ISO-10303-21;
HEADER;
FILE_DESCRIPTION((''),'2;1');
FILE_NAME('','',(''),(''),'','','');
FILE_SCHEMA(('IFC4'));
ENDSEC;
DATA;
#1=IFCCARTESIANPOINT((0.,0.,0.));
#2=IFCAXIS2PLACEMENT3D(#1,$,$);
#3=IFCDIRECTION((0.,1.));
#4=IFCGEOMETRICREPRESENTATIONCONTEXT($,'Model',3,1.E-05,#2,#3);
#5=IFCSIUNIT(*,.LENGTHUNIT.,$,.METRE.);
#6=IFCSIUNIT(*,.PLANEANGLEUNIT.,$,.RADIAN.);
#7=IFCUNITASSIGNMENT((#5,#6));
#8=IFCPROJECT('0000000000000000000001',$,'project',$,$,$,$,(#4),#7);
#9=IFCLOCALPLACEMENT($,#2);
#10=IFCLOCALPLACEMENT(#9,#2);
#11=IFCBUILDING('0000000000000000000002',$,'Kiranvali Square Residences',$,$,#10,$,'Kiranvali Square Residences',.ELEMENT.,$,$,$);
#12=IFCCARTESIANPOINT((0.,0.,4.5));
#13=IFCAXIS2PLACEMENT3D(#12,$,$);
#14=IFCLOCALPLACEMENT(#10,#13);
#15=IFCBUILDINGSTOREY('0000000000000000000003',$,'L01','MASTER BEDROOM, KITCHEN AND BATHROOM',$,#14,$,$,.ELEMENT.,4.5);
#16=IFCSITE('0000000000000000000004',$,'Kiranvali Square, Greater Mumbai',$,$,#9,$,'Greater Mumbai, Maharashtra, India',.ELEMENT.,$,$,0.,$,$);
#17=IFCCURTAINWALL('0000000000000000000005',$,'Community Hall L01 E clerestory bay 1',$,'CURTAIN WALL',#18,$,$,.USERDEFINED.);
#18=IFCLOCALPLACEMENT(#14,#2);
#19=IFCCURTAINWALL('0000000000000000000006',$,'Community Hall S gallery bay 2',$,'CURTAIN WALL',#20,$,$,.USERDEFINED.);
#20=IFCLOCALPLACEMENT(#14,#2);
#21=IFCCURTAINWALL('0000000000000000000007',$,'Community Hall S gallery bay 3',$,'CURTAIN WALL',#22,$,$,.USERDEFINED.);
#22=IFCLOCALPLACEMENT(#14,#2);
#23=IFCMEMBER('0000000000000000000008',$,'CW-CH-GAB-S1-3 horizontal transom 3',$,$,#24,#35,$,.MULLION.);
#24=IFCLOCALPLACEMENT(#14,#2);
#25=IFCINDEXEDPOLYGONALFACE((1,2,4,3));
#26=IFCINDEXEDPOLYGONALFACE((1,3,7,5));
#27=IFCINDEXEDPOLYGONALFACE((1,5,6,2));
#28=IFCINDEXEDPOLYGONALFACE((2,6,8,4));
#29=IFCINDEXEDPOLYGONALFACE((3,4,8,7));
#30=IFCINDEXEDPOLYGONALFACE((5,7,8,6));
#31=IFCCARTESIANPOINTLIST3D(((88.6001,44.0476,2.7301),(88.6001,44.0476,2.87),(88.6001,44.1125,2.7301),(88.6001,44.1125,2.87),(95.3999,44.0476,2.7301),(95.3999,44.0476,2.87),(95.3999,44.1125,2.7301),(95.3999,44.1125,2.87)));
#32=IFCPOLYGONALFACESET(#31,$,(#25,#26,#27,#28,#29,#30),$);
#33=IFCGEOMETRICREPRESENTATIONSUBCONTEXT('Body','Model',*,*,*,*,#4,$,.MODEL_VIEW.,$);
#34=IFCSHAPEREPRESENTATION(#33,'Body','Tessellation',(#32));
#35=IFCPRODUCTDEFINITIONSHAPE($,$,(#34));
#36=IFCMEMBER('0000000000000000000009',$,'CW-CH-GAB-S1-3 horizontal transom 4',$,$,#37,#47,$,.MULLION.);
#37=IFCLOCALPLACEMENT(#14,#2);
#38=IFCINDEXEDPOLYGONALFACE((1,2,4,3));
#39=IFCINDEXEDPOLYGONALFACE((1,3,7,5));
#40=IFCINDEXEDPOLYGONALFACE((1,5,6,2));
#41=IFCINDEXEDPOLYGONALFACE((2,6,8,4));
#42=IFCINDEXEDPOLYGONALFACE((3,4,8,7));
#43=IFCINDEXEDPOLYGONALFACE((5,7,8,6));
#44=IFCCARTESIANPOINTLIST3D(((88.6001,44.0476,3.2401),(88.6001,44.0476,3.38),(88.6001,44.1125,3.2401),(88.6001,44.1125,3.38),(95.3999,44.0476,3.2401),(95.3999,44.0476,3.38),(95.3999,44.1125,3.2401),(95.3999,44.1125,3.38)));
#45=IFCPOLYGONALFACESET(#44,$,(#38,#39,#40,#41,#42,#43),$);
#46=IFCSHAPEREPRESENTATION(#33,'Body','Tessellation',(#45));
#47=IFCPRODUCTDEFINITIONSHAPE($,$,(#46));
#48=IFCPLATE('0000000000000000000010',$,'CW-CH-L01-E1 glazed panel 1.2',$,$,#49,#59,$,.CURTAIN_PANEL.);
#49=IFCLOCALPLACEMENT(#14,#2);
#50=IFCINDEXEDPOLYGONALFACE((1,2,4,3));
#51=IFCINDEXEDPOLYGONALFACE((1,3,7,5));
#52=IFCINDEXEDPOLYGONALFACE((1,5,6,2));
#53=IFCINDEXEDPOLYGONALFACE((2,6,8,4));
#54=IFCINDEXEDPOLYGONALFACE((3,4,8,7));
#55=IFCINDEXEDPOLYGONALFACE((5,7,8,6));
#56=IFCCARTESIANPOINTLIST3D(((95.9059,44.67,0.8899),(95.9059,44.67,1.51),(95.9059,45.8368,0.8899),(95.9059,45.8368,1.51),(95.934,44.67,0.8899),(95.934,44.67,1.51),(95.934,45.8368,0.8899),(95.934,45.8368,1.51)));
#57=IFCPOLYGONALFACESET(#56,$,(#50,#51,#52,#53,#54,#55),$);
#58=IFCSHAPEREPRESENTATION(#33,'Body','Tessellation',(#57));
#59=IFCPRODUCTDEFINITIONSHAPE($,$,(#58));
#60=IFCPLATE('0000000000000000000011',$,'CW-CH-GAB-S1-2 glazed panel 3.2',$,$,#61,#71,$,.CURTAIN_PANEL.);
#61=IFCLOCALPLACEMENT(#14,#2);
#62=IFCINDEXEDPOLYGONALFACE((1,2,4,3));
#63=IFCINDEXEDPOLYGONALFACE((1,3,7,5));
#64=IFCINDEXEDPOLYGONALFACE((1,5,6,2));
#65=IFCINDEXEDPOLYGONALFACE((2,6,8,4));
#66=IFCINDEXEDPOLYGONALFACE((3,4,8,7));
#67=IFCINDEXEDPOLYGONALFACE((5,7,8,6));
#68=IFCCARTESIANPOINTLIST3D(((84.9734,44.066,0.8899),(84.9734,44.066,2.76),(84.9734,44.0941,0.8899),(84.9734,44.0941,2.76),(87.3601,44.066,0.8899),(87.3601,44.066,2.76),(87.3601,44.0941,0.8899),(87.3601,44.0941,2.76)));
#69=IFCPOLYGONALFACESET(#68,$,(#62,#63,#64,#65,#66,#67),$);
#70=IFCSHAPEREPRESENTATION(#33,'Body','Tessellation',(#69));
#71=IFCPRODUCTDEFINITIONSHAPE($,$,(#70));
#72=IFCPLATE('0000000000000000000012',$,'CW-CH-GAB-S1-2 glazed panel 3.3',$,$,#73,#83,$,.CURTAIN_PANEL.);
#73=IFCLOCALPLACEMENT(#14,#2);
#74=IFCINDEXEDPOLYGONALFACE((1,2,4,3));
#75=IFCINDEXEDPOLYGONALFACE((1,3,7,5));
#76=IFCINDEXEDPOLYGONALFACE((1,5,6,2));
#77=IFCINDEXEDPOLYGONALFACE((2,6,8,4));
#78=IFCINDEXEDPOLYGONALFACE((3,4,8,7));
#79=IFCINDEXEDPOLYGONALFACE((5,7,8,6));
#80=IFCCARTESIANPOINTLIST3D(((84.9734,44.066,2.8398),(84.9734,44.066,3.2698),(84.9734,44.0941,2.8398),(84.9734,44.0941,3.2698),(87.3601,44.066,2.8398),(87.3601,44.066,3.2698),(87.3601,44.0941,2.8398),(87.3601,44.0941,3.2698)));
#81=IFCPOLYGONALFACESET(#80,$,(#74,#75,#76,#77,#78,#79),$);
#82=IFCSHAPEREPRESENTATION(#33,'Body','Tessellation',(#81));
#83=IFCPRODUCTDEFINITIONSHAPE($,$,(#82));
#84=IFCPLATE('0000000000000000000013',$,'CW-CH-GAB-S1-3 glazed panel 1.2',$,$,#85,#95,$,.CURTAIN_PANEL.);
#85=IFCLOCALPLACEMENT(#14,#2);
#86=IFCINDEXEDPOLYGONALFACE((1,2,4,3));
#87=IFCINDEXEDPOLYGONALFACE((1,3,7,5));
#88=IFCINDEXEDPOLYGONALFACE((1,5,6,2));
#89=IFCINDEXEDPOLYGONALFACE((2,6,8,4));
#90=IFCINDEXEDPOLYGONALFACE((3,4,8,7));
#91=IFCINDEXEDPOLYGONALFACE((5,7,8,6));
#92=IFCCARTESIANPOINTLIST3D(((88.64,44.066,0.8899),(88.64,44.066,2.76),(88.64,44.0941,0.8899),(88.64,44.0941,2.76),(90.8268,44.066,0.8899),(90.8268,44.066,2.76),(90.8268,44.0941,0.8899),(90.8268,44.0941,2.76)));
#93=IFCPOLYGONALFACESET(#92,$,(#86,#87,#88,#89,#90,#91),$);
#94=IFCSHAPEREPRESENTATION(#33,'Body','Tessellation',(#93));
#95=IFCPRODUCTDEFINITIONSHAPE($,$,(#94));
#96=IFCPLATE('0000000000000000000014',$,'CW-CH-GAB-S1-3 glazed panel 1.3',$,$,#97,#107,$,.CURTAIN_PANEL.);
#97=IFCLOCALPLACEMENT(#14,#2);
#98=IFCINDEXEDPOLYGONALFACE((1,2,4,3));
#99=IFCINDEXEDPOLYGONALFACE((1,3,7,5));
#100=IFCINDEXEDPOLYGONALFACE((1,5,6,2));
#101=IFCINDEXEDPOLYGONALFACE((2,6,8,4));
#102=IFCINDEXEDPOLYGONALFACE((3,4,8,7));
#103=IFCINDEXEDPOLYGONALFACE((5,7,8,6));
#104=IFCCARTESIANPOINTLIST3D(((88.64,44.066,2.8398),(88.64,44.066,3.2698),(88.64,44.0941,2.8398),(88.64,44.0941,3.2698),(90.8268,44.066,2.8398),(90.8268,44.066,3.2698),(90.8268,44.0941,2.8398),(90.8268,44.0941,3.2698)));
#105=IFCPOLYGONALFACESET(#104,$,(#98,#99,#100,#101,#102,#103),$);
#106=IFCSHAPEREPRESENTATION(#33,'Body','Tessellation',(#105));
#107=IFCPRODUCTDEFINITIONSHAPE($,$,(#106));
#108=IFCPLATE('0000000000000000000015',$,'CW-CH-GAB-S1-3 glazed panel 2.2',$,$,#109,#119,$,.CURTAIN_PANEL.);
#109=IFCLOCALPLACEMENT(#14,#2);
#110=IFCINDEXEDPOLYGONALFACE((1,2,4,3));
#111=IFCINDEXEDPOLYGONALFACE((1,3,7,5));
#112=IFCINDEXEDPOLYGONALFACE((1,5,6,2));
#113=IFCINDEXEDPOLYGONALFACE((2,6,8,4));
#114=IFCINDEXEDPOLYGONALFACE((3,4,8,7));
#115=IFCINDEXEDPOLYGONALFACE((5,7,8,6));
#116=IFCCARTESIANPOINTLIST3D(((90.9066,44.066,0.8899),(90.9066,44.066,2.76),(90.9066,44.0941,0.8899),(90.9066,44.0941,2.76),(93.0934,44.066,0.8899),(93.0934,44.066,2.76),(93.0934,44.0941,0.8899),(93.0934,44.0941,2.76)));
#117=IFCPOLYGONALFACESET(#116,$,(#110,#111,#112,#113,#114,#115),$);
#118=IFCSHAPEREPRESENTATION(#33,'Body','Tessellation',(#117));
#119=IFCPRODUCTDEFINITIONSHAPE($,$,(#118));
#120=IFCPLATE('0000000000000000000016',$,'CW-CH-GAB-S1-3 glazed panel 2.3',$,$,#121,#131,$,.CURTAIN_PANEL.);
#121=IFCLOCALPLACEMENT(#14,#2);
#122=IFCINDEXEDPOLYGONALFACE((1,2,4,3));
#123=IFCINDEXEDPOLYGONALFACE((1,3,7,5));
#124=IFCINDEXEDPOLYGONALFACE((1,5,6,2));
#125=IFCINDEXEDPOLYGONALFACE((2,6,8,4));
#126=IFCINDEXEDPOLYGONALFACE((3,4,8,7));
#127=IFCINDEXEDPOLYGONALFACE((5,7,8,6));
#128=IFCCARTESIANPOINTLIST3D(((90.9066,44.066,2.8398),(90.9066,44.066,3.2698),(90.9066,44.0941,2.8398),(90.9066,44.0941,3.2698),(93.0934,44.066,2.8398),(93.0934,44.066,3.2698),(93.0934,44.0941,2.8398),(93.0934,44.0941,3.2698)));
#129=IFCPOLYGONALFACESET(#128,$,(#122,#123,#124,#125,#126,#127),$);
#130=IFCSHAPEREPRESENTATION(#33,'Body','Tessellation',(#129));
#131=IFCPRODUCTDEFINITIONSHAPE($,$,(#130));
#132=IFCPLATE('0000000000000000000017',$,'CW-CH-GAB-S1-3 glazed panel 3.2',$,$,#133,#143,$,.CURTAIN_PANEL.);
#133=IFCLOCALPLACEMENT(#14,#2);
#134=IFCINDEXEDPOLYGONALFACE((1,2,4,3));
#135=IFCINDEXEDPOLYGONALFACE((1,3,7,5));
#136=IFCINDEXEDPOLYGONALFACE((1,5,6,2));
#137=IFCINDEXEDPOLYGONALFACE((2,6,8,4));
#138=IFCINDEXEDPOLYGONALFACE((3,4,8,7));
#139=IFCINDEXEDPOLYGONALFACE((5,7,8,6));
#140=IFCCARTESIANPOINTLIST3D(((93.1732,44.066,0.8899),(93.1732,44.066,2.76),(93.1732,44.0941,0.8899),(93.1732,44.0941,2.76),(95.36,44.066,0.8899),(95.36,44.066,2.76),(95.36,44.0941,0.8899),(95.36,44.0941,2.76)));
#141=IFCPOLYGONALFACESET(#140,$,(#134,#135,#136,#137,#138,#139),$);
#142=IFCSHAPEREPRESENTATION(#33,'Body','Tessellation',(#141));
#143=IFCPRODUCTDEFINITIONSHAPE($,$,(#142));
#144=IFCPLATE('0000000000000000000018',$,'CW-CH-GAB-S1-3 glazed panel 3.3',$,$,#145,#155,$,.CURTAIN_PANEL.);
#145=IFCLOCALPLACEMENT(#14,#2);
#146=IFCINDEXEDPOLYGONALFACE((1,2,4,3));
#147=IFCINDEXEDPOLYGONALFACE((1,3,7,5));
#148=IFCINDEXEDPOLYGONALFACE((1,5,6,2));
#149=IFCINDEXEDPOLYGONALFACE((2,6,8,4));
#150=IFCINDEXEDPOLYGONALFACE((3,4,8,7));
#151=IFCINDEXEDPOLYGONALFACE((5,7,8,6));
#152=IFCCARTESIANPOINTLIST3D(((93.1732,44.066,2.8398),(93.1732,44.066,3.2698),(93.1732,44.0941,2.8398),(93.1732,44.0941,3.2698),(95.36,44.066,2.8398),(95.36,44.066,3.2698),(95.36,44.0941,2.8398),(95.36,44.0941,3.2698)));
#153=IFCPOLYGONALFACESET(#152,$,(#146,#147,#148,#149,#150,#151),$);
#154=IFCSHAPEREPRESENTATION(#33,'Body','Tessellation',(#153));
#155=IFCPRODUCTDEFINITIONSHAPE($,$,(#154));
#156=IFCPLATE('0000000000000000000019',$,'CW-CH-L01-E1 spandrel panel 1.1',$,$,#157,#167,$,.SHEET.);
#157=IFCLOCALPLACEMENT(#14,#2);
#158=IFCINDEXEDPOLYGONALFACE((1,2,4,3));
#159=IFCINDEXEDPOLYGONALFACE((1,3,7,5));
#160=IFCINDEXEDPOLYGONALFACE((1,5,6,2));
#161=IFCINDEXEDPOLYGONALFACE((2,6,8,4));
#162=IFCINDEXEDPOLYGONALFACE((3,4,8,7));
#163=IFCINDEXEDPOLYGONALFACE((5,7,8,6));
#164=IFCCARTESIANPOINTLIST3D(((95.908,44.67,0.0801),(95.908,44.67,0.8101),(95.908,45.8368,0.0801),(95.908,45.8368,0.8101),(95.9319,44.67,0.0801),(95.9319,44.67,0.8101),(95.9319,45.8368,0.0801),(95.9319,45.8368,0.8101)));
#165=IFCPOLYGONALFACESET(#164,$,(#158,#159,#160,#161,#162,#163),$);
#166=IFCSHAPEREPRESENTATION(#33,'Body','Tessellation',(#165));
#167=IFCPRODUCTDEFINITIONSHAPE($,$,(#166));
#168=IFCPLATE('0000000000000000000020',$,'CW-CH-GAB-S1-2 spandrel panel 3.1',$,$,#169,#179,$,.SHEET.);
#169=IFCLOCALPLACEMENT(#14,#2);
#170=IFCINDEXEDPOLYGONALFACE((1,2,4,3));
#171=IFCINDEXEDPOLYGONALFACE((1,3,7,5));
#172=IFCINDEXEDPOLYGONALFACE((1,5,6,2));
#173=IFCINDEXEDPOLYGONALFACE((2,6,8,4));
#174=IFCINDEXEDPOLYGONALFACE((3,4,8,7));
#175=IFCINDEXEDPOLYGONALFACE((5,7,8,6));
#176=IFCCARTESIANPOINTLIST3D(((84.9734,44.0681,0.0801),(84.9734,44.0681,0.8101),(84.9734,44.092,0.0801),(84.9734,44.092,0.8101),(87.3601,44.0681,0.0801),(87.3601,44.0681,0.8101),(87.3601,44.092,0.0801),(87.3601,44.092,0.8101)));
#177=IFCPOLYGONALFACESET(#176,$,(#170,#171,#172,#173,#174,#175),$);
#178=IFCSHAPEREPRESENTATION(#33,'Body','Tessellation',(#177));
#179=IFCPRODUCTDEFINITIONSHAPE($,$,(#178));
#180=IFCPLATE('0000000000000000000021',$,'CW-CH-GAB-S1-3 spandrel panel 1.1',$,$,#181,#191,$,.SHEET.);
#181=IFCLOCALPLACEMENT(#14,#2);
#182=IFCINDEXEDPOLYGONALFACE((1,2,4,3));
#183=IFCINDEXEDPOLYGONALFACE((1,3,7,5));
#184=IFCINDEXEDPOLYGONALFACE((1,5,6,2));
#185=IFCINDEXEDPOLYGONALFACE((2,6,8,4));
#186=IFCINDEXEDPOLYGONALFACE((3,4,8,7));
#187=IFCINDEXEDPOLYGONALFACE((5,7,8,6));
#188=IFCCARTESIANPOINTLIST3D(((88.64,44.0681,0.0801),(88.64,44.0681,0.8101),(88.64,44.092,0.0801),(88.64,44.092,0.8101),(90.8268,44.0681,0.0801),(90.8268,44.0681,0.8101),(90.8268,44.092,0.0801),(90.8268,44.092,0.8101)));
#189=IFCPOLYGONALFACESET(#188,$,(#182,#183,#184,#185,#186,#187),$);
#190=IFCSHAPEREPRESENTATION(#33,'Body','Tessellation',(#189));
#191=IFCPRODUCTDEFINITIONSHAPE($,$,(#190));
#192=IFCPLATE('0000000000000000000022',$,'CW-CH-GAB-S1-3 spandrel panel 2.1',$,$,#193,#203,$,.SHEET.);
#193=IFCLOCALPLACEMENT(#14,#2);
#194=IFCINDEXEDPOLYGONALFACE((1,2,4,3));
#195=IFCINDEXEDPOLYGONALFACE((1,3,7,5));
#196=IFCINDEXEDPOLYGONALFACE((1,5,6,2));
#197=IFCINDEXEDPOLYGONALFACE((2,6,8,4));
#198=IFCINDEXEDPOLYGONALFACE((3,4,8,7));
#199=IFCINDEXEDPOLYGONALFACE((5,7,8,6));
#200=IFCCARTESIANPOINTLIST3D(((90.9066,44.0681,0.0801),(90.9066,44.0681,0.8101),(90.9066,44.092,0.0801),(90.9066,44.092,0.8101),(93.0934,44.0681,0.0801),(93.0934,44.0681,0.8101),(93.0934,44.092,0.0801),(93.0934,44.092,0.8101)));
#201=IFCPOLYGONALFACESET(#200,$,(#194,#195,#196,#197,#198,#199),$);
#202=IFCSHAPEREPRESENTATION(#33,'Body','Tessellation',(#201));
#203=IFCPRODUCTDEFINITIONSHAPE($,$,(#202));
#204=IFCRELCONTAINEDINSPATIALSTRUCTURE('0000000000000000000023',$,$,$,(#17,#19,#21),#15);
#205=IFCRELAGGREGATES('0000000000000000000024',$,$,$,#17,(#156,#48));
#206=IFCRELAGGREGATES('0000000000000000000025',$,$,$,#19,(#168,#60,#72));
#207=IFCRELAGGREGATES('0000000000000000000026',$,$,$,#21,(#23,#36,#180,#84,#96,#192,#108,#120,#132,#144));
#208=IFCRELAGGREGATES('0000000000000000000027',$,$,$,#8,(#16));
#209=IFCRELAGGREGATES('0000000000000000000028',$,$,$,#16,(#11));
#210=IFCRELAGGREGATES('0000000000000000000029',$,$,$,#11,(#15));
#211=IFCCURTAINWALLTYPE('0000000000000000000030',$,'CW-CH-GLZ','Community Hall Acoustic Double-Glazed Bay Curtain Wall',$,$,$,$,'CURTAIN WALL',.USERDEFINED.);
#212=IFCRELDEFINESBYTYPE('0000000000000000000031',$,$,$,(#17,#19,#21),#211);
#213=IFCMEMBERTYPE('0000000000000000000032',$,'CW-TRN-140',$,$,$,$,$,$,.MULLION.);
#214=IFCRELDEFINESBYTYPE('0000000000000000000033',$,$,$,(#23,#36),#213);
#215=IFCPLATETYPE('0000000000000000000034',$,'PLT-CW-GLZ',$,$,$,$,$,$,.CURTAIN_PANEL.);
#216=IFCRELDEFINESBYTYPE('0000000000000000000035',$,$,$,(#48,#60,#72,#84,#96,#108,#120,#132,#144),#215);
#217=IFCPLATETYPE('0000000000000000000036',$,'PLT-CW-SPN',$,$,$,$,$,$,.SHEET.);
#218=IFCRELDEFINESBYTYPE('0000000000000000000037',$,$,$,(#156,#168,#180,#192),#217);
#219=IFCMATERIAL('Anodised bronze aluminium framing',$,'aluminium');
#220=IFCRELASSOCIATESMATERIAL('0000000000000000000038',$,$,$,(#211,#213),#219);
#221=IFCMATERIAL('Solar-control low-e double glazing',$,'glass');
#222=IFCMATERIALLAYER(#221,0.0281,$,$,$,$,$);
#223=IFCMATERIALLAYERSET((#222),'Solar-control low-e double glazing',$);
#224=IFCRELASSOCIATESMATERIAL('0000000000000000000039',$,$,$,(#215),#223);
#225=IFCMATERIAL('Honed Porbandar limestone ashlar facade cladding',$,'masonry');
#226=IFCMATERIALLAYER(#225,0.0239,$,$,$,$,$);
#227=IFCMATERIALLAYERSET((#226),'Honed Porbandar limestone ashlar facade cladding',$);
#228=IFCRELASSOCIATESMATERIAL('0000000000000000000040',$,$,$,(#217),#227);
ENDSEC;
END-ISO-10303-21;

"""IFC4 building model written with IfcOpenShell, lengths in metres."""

from ifc_helpers import new_model, si_unit, direction, frame, origin, origin_2d, place, context, subcontext, project, spatial, rectangle, extrude, material, layer, layer_set, material_profile, profile_set, type_object, element, aggregate, save


model = new_model("IFC4")

# Units and contexts
model_context = context("Model", 3, precision=1e-05, world=origin(), true_north=direction((0.0, 1.0)))
body_context = subcontext(model_context, "Body", "Model", "MODEL_VIEW")
ifc_project = project(units=[si_unit("LENGTHUNIT", "METRE"), si_unit("PLANEANGLEUNIT", "RADIAN")], contexts=[model_context])

# Site, building, storey
site_placement = place(None, origin())
site = spatial("IfcSite", under=ifc_project, at=site_placement, Name="Kiranvali Square, Greater Mumbai", LongName="Greater Mumbai, Maharashtra, India", CompositionType="ELEMENT", RefElevation=0.0)
building_placement = place(site_placement, origin())
building = spatial("IfcBuilding", under=site, at=building_placement, Name="Kiranvali Square Residences", LongName="Kiranvali Square Residences", CompositionType="ELEMENT")
storey_placement = place(building_placement, frame((0.0, 0.0, 4.5)))
storey = spatial("IfcBuildingStorey", under=building, at=storey_placement, Name="L01", Description="MASTER BEDROOM, KITCHEN AND BATHROOM", CompositionType="ELEMENT", Elevation=4.5)

# Curtain walls
ifc_material_1 = material(Name="Anodised bronze aluminium framing", Category="aluminium")
curtain_wall_type = type_object("IfcCurtainWallType", Name="CW-CH-GLZ", Description="Community Hall Acoustic Double-Glazed Bay Curtain Wall", ElementType="CURTAIN WALL", PredefinedType="USERDEFINED", material=ifc_material_1)
curtain_wall_1_placement = place(storey_placement, origin())
curtain_wall_1 = element("IfcCurtainWall", 1, at=curtain_wall_1_placement, inside=storey, type_object=curtain_wall_type, Name="Community Hall L01 E clerestory bay 1", ObjectType="CURTAIN WALL", PredefinedType="USERDEFINED")
curtain_wall_2_placement = place(storey_placement, origin())
curtain_wall_2 = element("IfcCurtainWall", 2, at=curtain_wall_2_placement, inside=storey, type_object=curtain_wall_type, Name="Community Hall S gallery bay 2", ObjectType="CURTAIN WALL", PredefinedType="USERDEFINED")

# Curtain wall
curtain_wall_3_placement = place(storey_placement, origin())
curtain_wall_3 = element("IfcCurtainWall", 3, at=curtain_wall_3_placement, inside=storey, type_object=curtain_wall_type, Name="Community Hall S gallery bay 3", ObjectType="CURTAIN WALL", PredefinedType="USERDEFINED")

# Members
ifc_material_profile_1 = material_profile(ifc_material_1, rectangle(XDim=0.0649, YDim=0.1399, at=origin_2d()), Name="ALU 65x140")
ifc_profile_set_1 = profile_set([ifc_material_profile_1], Name="Anodised bronze aluminium framing")
member_type_1 = type_object("IfcMemberType", Name="CW-TRN-140", PredefinedType="MULLION", material=ifc_profile_set_1)
member_1_placement = place(storey_placement, frame((88.6001, 44.0801, 2.8), z_axis=(1.0, 0.0, 0.0), x_axis=(0.0, 1.0, 0.0)))
member_1 = element("IfcMember", 4, at=member_1_placement, type_object=member_type_1, Name="CW-CH-GAB-S1-3 horizontal transom 3", PredefinedType="MULLION", context=body_context, shape_type="SweptSolid", body=[
    extrude(rectangle(XDim=0.0649, YDim=0.1399, at=origin_2d()), origin(), (0.0, 0.0, 1.0), 6.7998),
])
member_2_placement = place(storey_placement, frame((88.6001, 44.0801, 3.3101), z_axis=(1.0, 0.0, 0.0), x_axis=(0.0, 1.0, 0.0)))
member_2 = element("IfcMember", 5, at=member_2_placement, type_object=member_type_1, Name="CW-CH-GAB-S1-3 horizontal transom 4", PredefinedType="MULLION", context=body_context, shape_type="SweptSolid", body=[
    extrude(rectangle(XDim=0.0649, YDim=0.1399, at=origin_2d()), origin(), (0.0, 0.0, 1.0), 6.7998),
])

# Plates
ifc_material_2 = material(Name="Solar-control low-e double glazing", Category="glass")
ifc_layer_1 = layer(ifc_material_2, 0.0281)
ifc_layer_set_1 = layer_set([ifc_layer_1], Name="Solar-control low-e double glazing")
plate_type_1 = type_object("IfcPlateType", Name="PLT-CW-GLZ", PredefinedType="CURTAIN_PANEL", material=ifc_layer_set_1)
plate_1_placement = place(storey_placement, frame((95.9199, 45.2534, 0.8899), z_axis=(0.0, 0.0, 1.0), x_axis=(0.0, 1.0, 0.0)))
plate_1 = element("IfcPlate", 6, at=plate_1_placement, type_object=plate_type_1, Name="CW-CH-L01-E1 glazed panel 1.2", PredefinedType="CURTAIN_PANEL", context=body_context, shape_type="SweptSolid", body=[
    extrude(rectangle(XDim=1.1667, YDim=0.0281, at=origin_2d()), origin(), (0.0, 0.0, 1.0), 0.6201),
])
plate_2_placement = place(storey_placement, frame((86.1667, 44.0801, 0.8899), z_axis=(0.0, 0.0, 1.0), x_axis=(1.0, 0.0, 0.0)))
plate_2 = element("IfcPlate", 7, at=plate_2_placement, type_object=plate_type_1, Name="CW-CH-GAB-S1-2 glazed panel 3.2", PredefinedType="CURTAIN_PANEL", context=body_context, shape_type="SweptSolid", body=[
    extrude(rectangle(XDim=2.3867, YDim=0.0281, at=origin_2d()), origin(), (0.0, 0.0, 1.0), 1.8701),
])
plate_3_placement = place(storey_placement, frame((86.1667, 44.0801, 2.8398), z_axis=(0.0, 0.0, 1.0), x_axis=(1.0, 0.0, 0.0)))
plate_3 = element("IfcPlate", 8, at=plate_3_placement, type_object=plate_type_1, Name="CW-CH-GAB-S1-2 glazed panel 3.3", PredefinedType="CURTAIN_PANEL", context=body_context, shape_type="SweptSolid", body=[
    extrude(rectangle(XDim=2.3867, YDim=0.0281, at=origin_2d()), origin(), (0.0, 0.0, 1.0), 0.4299),
])
plate_4_placement = place(storey_placement, frame((89.7334, 44.0801, 0.8899), z_axis=(0.0, 0.0, 1.0), x_axis=(1.0, 0.0, 0.0)))
plate_4 = element("IfcPlate", 9, at=plate_4_placement, type_object=plate_type_1, Name="CW-CH-GAB-S1-3 glazed panel 1.2", PredefinedType="CURTAIN_PANEL", context=body_context, shape_type="SweptSolid", body=[
    extrude(rectangle(XDim=2.1868, YDim=0.0281, at=origin_2d()), origin(), (0.0, 0.0, 1.0), 1.8701),
])
plate_5_placement = place(storey_placement, frame((89.7334, 44.0801, 2.8398), z_axis=(0.0, 0.0, 1.0), x_axis=(1.0, 0.0, 0.0)))
plate_5 = element("IfcPlate", 10, at=plate_5_placement, type_object=plate_type_1, Name="CW-CH-GAB-S1-3 glazed panel 1.3", PredefinedType="CURTAIN_PANEL", context=body_context, shape_type="SweptSolid", body=[
    extrude(rectangle(XDim=2.1868, YDim=0.0281, at=origin_2d()), origin(), (0.0, 0.0, 1.0), 0.4299),
])
plate_6_placement = place(storey_placement, frame((92.0, 44.0801, 0.8899), z_axis=(0.0, 0.0, 1.0), x_axis=(1.0, 0.0, 0.0)))
plate_6 = element("IfcPlate", 11, at=plate_6_placement, type_object=plate_type_1, Name="CW-CH-GAB-S1-3 glazed panel 2.2", PredefinedType="CURTAIN_PANEL", context=body_context, shape_type="SweptSolid", body=[
    extrude(rectangle(XDim=2.1868, YDim=0.0281, at=origin_2d()), origin(), (0.0, 0.0, 1.0), 1.8701),
])
plate_7_placement = place(storey_placement, frame((92.0, 44.0801, 2.8398), z_axis=(0.0, 0.0, 1.0), x_axis=(1.0, 0.0, 0.0)))
plate_7 = element("IfcPlate", 12, at=plate_7_placement, type_object=plate_type_1, Name="CW-CH-GAB-S1-3 glazed panel 2.3", PredefinedType="CURTAIN_PANEL", context=body_context, shape_type="SweptSolid", body=[
    extrude(rectangle(XDim=2.1868, YDim=0.0281, at=origin_2d()), origin(), (0.0, 0.0, 1.0), 0.4299),
])
plate_8_placement = place(storey_placement, frame((94.2666, 44.0801, 0.8899), z_axis=(0.0, 0.0, 1.0), x_axis=(1.0, 0.0, 0.0)))
plate_8 = element("IfcPlate", 13, at=plate_8_placement, type_object=plate_type_1, Name="CW-CH-GAB-S1-3 glazed panel 3.2", PredefinedType="CURTAIN_PANEL", context=body_context, shape_type="SweptSolid", body=[
    extrude(rectangle(XDim=2.1868, YDim=0.0281, at=origin_2d()), origin(), (0.0, 0.0, 1.0), 1.8701),
])
plate_9_placement = place(storey_placement, frame((94.2666, 44.0801, 2.8398), z_axis=(0.0, 0.0, 1.0), x_axis=(1.0, 0.0, 0.0)))
plate_9 = element("IfcPlate", 14, at=plate_9_placement, type_object=plate_type_1, Name="CW-CH-GAB-S1-3 glazed panel 3.3", PredefinedType="CURTAIN_PANEL", context=body_context, shape_type="SweptSolid", body=[
    extrude(rectangle(XDim=2.1868, YDim=0.0281, at=origin_2d()), origin(), (0.0, 0.0, 1.0), 0.4299),
])
ifc_material_3 = material(Name="Honed Porbandar limestone ashlar facade cladding", Category="masonry")
ifc_layer_2 = layer(ifc_material_3, 0.0239)
ifc_layer_set_2 = layer_set([ifc_layer_2], Name="Honed Porbandar limestone ashlar facade cladding")
plate_type_2 = type_object("IfcPlateType", Name="PLT-CW-SPN", PredefinedType="SHEET", material=ifc_layer_set_2)
plate_10_placement = place(storey_placement, frame((95.9199, 45.2534, 0.0801), z_axis=(0.0, 0.0, 1.0), x_axis=(0.0, 1.0, 0.0)))
plate_10 = element("IfcPlate", 15, at=plate_10_placement, type_object=plate_type_2, Name="CW-CH-L01-E1 spandrel panel 1.1", PredefinedType="SHEET", context=body_context, shape_type="SweptSolid", body=[
    extrude(rectangle(XDim=1.1667, YDim=0.0239, at=origin_2d()), origin(), (0.0, 0.0, 1.0), 0.73),
])
aggregate(curtain_wall_1, [plate_10, plate_1])
plate_11_placement = place(storey_placement, frame((86.1667, 44.0801, 0.0801), z_axis=(0.0, 0.0, 1.0), x_axis=(1.0, 0.0, 0.0)))
plate_11 = element("IfcPlate", 16, at=plate_11_placement, type_object=plate_type_2, Name="CW-CH-GAB-S1-2 spandrel panel 3.1", PredefinedType="SHEET", context=body_context, shape_type="SweptSolid", body=[
    extrude(rectangle(XDim=2.3867, YDim=0.0239, at=origin_2d()), origin(), (0.0, 0.0, 1.0), 0.73),
])
aggregate(curtain_wall_2, [plate_11, plate_2, plate_3])
plate_12_placement = place(storey_placement, frame((89.7334, 44.0801, 0.0801), z_axis=(0.0, 0.0, 1.0), x_axis=(1.0, 0.0, 0.0)))
plate_12 = element("IfcPlate", 17, at=plate_12_placement, type_object=plate_type_2, Name="CW-CH-GAB-S1-3 spandrel panel 1.1", PredefinedType="SHEET", context=body_context, shape_type="SweptSolid", body=[
    extrude(rectangle(XDim=2.1868, YDim=0.0239, at=origin_2d()), origin(), (0.0, 0.0, 1.0), 0.73),
])
plate_13_placement = place(storey_placement, frame((92.0, 44.0801, 0.0801), z_axis=(0.0, 0.0, 1.0), x_axis=(1.0, 0.0, 0.0)))
plate_13 = element("IfcPlate", 18, at=plate_13_placement, type_object=plate_type_2, Name="CW-CH-GAB-S1-3 spandrel panel 2.1", PredefinedType="SHEET", context=body_context, shape_type="SweptSolid", body=[
    extrude(rectangle(XDim=2.1868, YDim=0.0239, at=origin_2d()), origin(), (0.0, 0.0, 1.0), 0.73),
])
aggregate(curtain_wall_3, [member_1, member_2, plate_12, plate_4, plate_5, plate_13, plate_6, plate_7, plate_8, plate_9])

save(model, "model.ifc")
